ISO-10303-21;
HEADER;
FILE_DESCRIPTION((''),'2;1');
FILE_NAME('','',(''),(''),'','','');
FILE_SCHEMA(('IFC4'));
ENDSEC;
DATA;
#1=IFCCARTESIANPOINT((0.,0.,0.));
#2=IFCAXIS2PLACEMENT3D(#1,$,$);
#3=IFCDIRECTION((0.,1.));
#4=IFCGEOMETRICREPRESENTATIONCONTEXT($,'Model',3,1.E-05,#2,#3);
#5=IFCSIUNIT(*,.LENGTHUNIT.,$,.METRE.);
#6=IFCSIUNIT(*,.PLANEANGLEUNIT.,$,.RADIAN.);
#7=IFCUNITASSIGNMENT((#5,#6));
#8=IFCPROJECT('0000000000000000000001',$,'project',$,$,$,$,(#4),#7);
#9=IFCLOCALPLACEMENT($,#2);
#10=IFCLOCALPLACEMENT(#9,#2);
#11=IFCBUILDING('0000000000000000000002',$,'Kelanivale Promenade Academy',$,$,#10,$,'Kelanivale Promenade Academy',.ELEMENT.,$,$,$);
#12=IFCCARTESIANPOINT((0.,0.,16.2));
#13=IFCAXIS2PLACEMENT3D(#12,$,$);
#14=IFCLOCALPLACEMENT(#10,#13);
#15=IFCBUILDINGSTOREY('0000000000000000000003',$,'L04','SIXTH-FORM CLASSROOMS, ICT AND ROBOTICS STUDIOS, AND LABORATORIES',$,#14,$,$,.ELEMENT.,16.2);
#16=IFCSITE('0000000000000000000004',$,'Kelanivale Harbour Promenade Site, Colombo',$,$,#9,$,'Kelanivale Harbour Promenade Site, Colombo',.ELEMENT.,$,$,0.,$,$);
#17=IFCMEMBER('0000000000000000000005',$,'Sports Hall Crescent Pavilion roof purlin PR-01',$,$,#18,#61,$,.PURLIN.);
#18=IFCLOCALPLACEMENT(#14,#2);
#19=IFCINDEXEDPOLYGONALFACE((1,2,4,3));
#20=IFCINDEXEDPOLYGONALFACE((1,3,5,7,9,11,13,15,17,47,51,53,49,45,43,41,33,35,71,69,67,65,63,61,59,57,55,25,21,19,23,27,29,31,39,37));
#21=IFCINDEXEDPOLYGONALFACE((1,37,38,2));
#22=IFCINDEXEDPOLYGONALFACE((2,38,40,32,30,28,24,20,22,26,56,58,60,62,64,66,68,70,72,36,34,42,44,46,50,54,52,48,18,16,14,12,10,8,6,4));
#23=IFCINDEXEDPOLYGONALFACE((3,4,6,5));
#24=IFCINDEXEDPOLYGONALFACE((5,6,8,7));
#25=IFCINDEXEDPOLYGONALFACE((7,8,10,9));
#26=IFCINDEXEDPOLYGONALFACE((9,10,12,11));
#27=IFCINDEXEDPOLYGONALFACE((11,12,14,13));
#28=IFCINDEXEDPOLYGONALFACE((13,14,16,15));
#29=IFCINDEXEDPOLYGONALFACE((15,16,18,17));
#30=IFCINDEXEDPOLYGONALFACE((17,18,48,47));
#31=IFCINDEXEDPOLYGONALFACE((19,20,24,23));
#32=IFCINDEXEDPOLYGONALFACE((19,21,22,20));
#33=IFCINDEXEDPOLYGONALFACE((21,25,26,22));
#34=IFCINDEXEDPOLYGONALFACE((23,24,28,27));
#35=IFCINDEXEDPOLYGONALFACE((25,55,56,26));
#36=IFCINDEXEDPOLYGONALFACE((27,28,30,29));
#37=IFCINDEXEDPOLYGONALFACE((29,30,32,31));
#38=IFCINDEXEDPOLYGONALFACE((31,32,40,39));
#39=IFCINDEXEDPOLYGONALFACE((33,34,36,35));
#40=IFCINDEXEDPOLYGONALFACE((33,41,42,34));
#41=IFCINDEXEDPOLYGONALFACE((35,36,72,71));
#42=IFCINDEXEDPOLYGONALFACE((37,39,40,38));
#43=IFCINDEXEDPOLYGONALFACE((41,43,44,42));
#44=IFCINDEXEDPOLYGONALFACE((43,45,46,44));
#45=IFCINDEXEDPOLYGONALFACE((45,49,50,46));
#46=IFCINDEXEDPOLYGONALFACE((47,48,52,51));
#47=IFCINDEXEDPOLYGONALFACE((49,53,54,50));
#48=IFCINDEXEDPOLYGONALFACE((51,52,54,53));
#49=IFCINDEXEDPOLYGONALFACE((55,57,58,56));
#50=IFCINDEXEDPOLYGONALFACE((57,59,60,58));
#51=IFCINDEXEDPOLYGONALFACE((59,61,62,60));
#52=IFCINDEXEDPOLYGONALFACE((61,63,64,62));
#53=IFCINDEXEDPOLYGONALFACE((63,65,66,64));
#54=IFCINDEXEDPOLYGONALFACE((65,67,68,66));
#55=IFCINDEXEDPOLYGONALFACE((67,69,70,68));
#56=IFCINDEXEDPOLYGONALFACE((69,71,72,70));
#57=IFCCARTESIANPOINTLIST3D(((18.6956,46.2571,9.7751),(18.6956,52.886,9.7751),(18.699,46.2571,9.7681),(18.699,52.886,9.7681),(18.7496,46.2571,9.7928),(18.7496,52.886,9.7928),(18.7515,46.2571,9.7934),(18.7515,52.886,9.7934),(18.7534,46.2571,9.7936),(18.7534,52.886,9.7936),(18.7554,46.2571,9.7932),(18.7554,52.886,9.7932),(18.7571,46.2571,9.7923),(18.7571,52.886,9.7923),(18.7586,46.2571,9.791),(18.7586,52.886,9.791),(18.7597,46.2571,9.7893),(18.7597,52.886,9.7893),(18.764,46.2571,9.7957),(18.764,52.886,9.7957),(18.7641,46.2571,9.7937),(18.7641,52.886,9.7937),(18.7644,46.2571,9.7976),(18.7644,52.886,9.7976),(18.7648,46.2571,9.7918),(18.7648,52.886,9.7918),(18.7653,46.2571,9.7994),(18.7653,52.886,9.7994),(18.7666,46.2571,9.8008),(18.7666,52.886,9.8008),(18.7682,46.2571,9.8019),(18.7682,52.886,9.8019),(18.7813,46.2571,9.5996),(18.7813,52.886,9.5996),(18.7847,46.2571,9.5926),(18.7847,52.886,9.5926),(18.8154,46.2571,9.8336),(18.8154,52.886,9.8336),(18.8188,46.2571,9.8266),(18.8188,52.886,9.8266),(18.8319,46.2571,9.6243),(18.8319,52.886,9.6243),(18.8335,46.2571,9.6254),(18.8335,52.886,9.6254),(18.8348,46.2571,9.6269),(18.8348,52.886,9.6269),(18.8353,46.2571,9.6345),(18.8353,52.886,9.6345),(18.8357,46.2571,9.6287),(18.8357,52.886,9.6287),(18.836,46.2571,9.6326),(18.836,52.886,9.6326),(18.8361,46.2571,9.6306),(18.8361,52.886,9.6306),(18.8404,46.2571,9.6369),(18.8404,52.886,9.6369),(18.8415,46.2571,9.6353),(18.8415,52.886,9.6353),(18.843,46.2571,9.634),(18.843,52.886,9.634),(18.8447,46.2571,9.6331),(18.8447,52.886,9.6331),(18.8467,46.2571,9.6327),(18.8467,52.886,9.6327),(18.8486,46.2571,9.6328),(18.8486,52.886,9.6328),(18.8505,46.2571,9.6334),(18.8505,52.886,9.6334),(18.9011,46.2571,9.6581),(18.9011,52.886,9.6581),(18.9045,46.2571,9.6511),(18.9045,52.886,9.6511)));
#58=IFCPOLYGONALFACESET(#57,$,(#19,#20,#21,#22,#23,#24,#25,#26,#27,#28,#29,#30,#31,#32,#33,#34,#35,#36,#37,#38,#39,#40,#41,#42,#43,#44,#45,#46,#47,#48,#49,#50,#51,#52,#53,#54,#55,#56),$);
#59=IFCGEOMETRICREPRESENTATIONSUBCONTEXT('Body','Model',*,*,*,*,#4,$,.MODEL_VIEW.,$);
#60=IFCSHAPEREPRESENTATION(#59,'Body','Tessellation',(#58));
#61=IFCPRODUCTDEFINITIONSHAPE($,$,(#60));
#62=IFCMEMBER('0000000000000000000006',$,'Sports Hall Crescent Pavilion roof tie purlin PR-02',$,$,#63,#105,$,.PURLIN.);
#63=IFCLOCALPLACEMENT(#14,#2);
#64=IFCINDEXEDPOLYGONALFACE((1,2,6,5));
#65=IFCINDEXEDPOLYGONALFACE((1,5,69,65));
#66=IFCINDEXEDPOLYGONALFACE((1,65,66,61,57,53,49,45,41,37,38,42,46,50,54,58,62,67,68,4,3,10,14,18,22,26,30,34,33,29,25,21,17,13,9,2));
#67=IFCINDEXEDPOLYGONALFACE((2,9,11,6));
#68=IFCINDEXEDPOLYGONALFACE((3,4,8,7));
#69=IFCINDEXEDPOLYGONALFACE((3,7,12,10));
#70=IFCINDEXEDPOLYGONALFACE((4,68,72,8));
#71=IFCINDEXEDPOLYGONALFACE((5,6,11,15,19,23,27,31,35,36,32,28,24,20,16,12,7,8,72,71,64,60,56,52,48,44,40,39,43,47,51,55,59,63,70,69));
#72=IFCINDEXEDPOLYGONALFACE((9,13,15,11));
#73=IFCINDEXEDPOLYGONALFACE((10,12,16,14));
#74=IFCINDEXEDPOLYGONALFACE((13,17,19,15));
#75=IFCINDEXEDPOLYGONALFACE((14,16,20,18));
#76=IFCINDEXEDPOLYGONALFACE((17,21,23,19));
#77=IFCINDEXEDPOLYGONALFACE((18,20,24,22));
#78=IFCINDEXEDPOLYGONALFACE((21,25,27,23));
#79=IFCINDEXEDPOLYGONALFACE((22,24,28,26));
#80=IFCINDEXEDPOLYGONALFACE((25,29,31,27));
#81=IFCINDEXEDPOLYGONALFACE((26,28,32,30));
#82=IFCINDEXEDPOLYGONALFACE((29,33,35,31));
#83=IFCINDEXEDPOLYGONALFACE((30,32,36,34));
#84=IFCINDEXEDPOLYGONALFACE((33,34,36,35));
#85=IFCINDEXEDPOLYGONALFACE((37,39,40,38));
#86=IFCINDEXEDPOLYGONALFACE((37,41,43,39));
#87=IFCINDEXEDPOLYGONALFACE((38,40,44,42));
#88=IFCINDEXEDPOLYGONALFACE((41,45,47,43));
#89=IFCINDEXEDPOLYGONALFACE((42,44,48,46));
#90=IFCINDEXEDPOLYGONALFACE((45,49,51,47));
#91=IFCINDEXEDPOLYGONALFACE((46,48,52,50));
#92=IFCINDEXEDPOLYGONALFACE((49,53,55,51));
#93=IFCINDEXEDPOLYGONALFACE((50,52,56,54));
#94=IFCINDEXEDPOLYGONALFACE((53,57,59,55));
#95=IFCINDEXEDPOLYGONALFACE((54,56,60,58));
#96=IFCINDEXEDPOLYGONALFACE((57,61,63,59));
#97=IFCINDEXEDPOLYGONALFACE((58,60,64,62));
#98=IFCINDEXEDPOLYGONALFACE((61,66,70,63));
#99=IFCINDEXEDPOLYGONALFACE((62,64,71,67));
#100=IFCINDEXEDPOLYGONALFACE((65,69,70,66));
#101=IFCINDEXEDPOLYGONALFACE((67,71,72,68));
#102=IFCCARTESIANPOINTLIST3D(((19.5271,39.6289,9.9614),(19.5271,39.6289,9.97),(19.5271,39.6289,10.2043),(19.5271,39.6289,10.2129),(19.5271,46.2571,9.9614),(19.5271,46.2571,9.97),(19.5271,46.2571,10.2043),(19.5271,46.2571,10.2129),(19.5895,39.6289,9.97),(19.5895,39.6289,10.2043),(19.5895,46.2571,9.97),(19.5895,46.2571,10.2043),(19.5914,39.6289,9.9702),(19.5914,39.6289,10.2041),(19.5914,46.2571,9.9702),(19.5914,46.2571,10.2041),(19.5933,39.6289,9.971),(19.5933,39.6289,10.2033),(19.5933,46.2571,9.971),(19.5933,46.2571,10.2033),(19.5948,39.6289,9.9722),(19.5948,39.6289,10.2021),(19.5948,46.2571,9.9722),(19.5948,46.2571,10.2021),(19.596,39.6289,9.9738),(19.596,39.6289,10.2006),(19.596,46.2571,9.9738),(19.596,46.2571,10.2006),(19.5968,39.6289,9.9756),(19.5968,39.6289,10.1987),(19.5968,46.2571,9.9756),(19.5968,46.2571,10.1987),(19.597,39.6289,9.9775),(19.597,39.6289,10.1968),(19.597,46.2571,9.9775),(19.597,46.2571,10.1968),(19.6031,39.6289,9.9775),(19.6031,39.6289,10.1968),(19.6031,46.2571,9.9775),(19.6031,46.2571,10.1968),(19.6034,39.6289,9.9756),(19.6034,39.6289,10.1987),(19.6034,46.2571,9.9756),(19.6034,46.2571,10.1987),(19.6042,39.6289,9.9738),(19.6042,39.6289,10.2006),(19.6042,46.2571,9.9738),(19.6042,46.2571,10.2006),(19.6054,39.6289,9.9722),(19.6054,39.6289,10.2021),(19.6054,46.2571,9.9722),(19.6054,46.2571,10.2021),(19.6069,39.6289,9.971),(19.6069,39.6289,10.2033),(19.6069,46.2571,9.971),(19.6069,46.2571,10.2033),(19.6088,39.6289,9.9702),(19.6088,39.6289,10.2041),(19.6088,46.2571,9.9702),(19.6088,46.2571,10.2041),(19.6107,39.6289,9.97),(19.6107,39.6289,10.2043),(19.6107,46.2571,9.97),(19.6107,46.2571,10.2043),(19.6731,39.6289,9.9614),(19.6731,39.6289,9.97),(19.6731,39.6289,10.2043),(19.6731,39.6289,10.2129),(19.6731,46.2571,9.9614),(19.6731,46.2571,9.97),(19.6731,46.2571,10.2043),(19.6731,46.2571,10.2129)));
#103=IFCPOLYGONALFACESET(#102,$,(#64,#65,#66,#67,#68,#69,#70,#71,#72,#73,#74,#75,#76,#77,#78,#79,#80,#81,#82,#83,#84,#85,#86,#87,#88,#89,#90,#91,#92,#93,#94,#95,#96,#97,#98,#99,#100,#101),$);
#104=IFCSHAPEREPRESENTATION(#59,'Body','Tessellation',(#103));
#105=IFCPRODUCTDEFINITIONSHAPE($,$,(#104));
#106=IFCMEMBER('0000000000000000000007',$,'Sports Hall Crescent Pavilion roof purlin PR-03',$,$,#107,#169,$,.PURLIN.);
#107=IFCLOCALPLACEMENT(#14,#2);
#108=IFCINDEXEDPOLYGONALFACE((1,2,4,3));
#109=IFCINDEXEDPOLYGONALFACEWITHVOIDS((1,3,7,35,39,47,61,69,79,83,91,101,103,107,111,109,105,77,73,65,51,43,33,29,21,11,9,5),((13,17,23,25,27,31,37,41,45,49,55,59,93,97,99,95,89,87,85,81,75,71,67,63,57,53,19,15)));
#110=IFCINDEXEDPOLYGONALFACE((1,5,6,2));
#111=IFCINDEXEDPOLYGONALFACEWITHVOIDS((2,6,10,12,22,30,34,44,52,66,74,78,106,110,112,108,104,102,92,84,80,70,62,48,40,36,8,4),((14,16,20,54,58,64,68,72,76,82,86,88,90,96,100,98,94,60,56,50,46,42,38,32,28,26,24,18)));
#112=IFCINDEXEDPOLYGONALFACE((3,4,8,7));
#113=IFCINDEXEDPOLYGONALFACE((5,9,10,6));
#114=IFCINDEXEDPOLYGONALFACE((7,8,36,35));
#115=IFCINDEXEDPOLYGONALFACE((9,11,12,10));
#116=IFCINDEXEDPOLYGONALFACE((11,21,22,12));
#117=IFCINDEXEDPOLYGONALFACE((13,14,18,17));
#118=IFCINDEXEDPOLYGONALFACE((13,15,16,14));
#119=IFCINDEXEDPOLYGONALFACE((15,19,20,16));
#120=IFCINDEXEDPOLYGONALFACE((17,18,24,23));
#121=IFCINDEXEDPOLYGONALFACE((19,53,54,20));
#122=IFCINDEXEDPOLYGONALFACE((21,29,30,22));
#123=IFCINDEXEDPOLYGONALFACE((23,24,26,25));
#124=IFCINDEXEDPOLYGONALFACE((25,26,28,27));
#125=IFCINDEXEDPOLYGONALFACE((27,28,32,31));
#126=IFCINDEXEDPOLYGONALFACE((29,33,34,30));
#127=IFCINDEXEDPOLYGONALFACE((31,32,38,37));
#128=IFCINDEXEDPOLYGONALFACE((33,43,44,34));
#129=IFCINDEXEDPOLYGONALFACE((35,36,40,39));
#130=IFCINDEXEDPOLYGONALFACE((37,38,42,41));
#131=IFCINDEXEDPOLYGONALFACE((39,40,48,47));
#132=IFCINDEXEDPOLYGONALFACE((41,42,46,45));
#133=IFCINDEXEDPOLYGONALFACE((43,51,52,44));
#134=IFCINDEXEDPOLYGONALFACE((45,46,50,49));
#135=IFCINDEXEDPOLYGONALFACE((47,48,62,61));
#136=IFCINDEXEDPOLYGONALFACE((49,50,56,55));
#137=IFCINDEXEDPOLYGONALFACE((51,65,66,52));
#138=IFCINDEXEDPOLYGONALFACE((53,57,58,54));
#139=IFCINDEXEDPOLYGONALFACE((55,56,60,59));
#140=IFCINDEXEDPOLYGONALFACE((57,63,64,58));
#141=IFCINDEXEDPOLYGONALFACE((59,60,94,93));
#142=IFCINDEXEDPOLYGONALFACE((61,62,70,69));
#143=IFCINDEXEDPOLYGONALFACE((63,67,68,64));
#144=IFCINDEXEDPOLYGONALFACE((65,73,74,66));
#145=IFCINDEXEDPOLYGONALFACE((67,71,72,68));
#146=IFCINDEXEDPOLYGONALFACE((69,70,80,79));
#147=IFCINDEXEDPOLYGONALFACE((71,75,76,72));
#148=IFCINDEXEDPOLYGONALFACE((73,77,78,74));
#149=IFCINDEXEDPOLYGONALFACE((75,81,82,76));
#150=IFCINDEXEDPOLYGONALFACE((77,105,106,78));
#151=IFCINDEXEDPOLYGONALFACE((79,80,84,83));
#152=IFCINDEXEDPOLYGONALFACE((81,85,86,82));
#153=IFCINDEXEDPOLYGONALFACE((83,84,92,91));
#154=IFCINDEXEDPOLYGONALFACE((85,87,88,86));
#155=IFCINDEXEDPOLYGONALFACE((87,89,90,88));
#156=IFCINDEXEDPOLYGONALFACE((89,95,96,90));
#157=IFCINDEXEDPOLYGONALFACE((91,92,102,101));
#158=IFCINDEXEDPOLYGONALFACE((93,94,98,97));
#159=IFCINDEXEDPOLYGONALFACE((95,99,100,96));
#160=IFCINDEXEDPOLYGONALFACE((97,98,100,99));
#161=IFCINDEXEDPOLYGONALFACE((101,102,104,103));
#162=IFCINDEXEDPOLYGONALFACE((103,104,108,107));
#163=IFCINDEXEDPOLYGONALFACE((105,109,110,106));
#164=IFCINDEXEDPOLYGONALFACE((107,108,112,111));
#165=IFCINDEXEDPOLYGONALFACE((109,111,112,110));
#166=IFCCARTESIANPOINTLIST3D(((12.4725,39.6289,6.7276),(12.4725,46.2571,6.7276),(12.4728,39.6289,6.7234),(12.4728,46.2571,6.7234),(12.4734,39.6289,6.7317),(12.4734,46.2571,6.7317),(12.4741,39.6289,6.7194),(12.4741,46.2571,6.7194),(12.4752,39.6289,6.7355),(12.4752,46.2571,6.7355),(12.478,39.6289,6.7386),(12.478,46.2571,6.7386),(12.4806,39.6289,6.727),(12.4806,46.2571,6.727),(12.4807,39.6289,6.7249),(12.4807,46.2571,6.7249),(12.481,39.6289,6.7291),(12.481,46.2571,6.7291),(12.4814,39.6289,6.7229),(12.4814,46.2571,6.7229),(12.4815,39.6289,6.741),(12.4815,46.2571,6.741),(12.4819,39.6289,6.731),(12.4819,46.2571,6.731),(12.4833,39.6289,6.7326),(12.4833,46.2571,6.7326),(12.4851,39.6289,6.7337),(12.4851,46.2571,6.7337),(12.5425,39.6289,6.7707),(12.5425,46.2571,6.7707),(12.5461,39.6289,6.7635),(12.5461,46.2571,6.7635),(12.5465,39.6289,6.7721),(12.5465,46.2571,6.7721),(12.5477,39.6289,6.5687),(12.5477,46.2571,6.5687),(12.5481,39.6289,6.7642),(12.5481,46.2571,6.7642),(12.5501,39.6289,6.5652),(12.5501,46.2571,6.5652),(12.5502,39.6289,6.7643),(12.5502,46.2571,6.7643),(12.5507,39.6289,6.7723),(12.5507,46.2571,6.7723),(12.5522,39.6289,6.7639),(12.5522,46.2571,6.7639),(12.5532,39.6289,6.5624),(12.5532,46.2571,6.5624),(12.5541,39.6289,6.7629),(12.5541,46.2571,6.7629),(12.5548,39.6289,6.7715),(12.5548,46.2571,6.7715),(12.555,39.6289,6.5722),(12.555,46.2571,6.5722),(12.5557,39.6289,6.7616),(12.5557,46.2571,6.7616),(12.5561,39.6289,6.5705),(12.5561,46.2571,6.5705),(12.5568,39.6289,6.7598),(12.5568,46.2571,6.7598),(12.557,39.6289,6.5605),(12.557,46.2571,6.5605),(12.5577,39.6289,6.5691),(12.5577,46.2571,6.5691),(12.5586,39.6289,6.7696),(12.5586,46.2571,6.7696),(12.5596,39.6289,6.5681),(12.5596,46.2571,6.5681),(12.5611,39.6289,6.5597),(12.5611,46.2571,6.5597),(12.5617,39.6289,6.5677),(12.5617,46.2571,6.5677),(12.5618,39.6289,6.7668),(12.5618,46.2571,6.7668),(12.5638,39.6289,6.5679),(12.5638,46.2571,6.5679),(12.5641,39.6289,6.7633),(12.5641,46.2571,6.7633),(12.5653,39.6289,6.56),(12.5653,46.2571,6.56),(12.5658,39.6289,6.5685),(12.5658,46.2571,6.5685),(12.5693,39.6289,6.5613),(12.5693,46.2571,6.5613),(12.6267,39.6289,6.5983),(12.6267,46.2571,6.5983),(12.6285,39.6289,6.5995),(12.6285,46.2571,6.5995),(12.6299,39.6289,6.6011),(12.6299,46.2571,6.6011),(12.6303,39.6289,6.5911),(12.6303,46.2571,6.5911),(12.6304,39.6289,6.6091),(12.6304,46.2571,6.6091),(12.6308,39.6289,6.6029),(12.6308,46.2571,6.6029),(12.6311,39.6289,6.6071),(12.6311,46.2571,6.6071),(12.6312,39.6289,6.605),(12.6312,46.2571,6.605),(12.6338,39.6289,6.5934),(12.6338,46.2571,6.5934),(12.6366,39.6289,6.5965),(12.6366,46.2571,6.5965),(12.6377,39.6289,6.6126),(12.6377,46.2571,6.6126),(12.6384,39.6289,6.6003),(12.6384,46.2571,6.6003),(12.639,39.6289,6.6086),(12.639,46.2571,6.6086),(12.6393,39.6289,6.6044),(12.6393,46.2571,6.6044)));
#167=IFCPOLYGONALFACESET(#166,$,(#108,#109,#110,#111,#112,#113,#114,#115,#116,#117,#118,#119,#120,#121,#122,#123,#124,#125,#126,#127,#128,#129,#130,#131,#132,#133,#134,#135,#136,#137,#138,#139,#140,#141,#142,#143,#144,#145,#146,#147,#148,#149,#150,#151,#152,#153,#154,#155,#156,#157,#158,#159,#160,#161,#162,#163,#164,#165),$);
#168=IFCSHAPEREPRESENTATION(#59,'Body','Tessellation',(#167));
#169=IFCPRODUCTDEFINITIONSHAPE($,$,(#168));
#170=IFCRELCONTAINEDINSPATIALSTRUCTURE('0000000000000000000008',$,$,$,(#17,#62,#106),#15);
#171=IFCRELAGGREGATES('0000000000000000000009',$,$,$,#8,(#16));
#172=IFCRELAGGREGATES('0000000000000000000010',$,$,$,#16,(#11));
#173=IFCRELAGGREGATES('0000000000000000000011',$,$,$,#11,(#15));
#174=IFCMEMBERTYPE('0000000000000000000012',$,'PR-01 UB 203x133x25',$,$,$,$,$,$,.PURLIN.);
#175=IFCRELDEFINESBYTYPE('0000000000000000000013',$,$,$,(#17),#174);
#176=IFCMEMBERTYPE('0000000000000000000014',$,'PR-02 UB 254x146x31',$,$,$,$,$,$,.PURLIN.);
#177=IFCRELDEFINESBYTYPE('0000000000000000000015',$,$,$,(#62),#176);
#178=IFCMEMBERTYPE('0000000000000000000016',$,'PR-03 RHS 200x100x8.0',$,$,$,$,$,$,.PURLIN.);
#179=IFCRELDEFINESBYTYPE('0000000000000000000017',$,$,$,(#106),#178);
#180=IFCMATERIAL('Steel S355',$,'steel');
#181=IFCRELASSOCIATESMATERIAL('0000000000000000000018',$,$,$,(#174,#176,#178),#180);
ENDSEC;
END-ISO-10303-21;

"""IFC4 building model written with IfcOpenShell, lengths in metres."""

from ifc_helpers import new_model, si_unit, direction, frame, origin, origin_2d, place, context, subcontext, project, spatial, hollow_rectangle, i_section, extrude, material, material_profile, profile_set, type_object, element, save


model = new_model("IFC4")

# Units and contexts
model_context = context("Model", 3, precision=1e-05, world=origin(), true_north=direction((0.0, 1.0)))
body_context = subcontext(model_context, "Body", "Model", "MODEL_VIEW")
ifc_project = project(units=[si_unit("LENGTHUNIT", "METRE"), si_unit("PLANEANGLEUNIT", "RADIAN")], contexts=[model_context])

# Site, building, storey
site_placement = place(None, origin())
site = spatial("IfcSite", under=ifc_project, at=site_placement, Name="Kelanivale Harbour Promenade Site, Colombo", LongName="Kelanivale Harbour Promenade Site, Colombo", CompositionType="ELEMENT", RefElevation=0.0)
building_placement = place(site_placement, origin())
building = spatial("IfcBuilding", under=site, at=building_placement, Name="Kelanivale Promenade Academy", LongName="Kelanivale Promenade Academy", CompositionType="ELEMENT")
storey_placement = place(building_placement, frame((0.0, 0.0, 16.2)))
storey = spatial("IfcBuildingStorey", under=building, at=storey_placement, Name="L04", Description="SIXTH-FORM CLASSROOMS, ICT AND ROBOTICS STUDIOS, AND LABORATORIES", CompositionType="ELEMENT", Elevation=16.2)

# Members
ifc_material_1 = material(Name="Steel S355", Category="steel")
ifc_material_profile_1 = material_profile(ifc_material_1, i_section(OverallWidth=0.1333, OverallDepth=0.2031, WebThickness=0.0056, FlangeThickness=0.0078, FilletRadius=0.0076, at=origin_2d()), Name="UB 203x133x25")
ifc_profile_set_1 = profile_set([ifc_material_profile_1], Name="Steel S355")
member_type_1 = type_object("IfcMemberType", Name="PR-01 UB 203x133x25", PredefinedType="PURLIN", material=ifc_profile_set_1)
member_1_placement = place(storey_placement, frame((18.8, 46.2571, 9.7131), z_axis=(0.0, 1.0, 0.0), x_axis=(-0.898564, 0.0, -0.438842)))
element("IfcMember", 1, at=member_1_placement, inside=storey, type_object=member_type_1, Name="Sports Hall Crescent Pavilion roof purlin PR-01", PredefinedType="PURLIN", context=body_context, shape_type="SweptSolid", body=[
    extrude(i_section(OverallWidth=0.1333, OverallDepth=0.2031, WebThickness=0.0056, FlangeThickness=0.0078, FilletRadius=0.0076, at=origin_2d()), origin(), (0.0, 0.0, 1.0), 6.6289),
])
ifc_material_profile_2 = material_profile(ifc_material_1, i_section(OverallWidth=0.146, OverallDepth=0.2515, WebThickness=0.0061, FlangeThickness=0.0085, FilletRadius=0.0076, at=origin_2d()), Name="UB 254x146x31")
ifc_profile_set_2 = profile_set([ifc_material_profile_2], Name="Steel S355")
member_type_2 = type_object("IfcMemberType", Name="PR-02 UB 254x146x31", PredefinedType="PURLIN", material=ifc_profile_set_2)
member_2_placement = place(storey_placement, frame((19.6001, 39.6289, 10.0872), z_axis=(0.0, 1.0, 0.0), x_axis=(-1.0, 0.0, 0.0)))
element("IfcMember", 2, at=member_2_placement, inside=storey, type_object=member_type_2, Name="Sports Hall Crescent Pavilion roof tie purlin PR-02", PredefinedType="PURLIN", context=body_context, shape_type="SweptSolid", body=[
    extrude(i_section(OverallWidth=0.146, OverallDepth=0.2515, WebThickness=0.0061, FlangeThickness=0.0085, FilletRadius=0.0076, at=origin_2d()), origin(), (0.0, 0.0, 1.0), 6.6282),
])
ifc_material_profile_3 = material_profile(ifc_material_1, hollow_rectangle(XDim=0.1001, YDim=0.2, WallThickness=0.0081, InnerFilletRadius=0.0081, OuterFilletRadius=0.0161, at=origin_2d()), Name="RHS 200x100x8.0")
ifc_profile_set_3 = profile_set([ifc_material_profile_3], Name="Steel S355")
member_type_3 = type_object("IfcMemberType", Name="PR-03 RHS 200x100x8.0", PredefinedType="PURLIN", material=ifc_profile_set_3)
member_3_placement = place(storey_placement, frame((12.5559, 39.6289, 6.666), z_axis=(0.0, 1.0, 0.0), x_axis=(-0.898564, 0.0, -0.438842)))
element("IfcMember", 3, at=member_3_placement, inside=storey, type_object=member_type_3, Name="Sports Hall Crescent Pavilion roof purlin PR-03", PredefinedType="PURLIN", context=body_context, shape_type="SweptSolid", body=[
    extrude(hollow_rectangle(XDim=0.1001, YDim=0.2, WallThickness=0.0081, InnerFilletRadius=0.0081, OuterFilletRadius=0.0161, at=origin_2d()), origin(), (0.0, 0.0, 1.0), 6.6282),
])

save(model, "model.ifc")
